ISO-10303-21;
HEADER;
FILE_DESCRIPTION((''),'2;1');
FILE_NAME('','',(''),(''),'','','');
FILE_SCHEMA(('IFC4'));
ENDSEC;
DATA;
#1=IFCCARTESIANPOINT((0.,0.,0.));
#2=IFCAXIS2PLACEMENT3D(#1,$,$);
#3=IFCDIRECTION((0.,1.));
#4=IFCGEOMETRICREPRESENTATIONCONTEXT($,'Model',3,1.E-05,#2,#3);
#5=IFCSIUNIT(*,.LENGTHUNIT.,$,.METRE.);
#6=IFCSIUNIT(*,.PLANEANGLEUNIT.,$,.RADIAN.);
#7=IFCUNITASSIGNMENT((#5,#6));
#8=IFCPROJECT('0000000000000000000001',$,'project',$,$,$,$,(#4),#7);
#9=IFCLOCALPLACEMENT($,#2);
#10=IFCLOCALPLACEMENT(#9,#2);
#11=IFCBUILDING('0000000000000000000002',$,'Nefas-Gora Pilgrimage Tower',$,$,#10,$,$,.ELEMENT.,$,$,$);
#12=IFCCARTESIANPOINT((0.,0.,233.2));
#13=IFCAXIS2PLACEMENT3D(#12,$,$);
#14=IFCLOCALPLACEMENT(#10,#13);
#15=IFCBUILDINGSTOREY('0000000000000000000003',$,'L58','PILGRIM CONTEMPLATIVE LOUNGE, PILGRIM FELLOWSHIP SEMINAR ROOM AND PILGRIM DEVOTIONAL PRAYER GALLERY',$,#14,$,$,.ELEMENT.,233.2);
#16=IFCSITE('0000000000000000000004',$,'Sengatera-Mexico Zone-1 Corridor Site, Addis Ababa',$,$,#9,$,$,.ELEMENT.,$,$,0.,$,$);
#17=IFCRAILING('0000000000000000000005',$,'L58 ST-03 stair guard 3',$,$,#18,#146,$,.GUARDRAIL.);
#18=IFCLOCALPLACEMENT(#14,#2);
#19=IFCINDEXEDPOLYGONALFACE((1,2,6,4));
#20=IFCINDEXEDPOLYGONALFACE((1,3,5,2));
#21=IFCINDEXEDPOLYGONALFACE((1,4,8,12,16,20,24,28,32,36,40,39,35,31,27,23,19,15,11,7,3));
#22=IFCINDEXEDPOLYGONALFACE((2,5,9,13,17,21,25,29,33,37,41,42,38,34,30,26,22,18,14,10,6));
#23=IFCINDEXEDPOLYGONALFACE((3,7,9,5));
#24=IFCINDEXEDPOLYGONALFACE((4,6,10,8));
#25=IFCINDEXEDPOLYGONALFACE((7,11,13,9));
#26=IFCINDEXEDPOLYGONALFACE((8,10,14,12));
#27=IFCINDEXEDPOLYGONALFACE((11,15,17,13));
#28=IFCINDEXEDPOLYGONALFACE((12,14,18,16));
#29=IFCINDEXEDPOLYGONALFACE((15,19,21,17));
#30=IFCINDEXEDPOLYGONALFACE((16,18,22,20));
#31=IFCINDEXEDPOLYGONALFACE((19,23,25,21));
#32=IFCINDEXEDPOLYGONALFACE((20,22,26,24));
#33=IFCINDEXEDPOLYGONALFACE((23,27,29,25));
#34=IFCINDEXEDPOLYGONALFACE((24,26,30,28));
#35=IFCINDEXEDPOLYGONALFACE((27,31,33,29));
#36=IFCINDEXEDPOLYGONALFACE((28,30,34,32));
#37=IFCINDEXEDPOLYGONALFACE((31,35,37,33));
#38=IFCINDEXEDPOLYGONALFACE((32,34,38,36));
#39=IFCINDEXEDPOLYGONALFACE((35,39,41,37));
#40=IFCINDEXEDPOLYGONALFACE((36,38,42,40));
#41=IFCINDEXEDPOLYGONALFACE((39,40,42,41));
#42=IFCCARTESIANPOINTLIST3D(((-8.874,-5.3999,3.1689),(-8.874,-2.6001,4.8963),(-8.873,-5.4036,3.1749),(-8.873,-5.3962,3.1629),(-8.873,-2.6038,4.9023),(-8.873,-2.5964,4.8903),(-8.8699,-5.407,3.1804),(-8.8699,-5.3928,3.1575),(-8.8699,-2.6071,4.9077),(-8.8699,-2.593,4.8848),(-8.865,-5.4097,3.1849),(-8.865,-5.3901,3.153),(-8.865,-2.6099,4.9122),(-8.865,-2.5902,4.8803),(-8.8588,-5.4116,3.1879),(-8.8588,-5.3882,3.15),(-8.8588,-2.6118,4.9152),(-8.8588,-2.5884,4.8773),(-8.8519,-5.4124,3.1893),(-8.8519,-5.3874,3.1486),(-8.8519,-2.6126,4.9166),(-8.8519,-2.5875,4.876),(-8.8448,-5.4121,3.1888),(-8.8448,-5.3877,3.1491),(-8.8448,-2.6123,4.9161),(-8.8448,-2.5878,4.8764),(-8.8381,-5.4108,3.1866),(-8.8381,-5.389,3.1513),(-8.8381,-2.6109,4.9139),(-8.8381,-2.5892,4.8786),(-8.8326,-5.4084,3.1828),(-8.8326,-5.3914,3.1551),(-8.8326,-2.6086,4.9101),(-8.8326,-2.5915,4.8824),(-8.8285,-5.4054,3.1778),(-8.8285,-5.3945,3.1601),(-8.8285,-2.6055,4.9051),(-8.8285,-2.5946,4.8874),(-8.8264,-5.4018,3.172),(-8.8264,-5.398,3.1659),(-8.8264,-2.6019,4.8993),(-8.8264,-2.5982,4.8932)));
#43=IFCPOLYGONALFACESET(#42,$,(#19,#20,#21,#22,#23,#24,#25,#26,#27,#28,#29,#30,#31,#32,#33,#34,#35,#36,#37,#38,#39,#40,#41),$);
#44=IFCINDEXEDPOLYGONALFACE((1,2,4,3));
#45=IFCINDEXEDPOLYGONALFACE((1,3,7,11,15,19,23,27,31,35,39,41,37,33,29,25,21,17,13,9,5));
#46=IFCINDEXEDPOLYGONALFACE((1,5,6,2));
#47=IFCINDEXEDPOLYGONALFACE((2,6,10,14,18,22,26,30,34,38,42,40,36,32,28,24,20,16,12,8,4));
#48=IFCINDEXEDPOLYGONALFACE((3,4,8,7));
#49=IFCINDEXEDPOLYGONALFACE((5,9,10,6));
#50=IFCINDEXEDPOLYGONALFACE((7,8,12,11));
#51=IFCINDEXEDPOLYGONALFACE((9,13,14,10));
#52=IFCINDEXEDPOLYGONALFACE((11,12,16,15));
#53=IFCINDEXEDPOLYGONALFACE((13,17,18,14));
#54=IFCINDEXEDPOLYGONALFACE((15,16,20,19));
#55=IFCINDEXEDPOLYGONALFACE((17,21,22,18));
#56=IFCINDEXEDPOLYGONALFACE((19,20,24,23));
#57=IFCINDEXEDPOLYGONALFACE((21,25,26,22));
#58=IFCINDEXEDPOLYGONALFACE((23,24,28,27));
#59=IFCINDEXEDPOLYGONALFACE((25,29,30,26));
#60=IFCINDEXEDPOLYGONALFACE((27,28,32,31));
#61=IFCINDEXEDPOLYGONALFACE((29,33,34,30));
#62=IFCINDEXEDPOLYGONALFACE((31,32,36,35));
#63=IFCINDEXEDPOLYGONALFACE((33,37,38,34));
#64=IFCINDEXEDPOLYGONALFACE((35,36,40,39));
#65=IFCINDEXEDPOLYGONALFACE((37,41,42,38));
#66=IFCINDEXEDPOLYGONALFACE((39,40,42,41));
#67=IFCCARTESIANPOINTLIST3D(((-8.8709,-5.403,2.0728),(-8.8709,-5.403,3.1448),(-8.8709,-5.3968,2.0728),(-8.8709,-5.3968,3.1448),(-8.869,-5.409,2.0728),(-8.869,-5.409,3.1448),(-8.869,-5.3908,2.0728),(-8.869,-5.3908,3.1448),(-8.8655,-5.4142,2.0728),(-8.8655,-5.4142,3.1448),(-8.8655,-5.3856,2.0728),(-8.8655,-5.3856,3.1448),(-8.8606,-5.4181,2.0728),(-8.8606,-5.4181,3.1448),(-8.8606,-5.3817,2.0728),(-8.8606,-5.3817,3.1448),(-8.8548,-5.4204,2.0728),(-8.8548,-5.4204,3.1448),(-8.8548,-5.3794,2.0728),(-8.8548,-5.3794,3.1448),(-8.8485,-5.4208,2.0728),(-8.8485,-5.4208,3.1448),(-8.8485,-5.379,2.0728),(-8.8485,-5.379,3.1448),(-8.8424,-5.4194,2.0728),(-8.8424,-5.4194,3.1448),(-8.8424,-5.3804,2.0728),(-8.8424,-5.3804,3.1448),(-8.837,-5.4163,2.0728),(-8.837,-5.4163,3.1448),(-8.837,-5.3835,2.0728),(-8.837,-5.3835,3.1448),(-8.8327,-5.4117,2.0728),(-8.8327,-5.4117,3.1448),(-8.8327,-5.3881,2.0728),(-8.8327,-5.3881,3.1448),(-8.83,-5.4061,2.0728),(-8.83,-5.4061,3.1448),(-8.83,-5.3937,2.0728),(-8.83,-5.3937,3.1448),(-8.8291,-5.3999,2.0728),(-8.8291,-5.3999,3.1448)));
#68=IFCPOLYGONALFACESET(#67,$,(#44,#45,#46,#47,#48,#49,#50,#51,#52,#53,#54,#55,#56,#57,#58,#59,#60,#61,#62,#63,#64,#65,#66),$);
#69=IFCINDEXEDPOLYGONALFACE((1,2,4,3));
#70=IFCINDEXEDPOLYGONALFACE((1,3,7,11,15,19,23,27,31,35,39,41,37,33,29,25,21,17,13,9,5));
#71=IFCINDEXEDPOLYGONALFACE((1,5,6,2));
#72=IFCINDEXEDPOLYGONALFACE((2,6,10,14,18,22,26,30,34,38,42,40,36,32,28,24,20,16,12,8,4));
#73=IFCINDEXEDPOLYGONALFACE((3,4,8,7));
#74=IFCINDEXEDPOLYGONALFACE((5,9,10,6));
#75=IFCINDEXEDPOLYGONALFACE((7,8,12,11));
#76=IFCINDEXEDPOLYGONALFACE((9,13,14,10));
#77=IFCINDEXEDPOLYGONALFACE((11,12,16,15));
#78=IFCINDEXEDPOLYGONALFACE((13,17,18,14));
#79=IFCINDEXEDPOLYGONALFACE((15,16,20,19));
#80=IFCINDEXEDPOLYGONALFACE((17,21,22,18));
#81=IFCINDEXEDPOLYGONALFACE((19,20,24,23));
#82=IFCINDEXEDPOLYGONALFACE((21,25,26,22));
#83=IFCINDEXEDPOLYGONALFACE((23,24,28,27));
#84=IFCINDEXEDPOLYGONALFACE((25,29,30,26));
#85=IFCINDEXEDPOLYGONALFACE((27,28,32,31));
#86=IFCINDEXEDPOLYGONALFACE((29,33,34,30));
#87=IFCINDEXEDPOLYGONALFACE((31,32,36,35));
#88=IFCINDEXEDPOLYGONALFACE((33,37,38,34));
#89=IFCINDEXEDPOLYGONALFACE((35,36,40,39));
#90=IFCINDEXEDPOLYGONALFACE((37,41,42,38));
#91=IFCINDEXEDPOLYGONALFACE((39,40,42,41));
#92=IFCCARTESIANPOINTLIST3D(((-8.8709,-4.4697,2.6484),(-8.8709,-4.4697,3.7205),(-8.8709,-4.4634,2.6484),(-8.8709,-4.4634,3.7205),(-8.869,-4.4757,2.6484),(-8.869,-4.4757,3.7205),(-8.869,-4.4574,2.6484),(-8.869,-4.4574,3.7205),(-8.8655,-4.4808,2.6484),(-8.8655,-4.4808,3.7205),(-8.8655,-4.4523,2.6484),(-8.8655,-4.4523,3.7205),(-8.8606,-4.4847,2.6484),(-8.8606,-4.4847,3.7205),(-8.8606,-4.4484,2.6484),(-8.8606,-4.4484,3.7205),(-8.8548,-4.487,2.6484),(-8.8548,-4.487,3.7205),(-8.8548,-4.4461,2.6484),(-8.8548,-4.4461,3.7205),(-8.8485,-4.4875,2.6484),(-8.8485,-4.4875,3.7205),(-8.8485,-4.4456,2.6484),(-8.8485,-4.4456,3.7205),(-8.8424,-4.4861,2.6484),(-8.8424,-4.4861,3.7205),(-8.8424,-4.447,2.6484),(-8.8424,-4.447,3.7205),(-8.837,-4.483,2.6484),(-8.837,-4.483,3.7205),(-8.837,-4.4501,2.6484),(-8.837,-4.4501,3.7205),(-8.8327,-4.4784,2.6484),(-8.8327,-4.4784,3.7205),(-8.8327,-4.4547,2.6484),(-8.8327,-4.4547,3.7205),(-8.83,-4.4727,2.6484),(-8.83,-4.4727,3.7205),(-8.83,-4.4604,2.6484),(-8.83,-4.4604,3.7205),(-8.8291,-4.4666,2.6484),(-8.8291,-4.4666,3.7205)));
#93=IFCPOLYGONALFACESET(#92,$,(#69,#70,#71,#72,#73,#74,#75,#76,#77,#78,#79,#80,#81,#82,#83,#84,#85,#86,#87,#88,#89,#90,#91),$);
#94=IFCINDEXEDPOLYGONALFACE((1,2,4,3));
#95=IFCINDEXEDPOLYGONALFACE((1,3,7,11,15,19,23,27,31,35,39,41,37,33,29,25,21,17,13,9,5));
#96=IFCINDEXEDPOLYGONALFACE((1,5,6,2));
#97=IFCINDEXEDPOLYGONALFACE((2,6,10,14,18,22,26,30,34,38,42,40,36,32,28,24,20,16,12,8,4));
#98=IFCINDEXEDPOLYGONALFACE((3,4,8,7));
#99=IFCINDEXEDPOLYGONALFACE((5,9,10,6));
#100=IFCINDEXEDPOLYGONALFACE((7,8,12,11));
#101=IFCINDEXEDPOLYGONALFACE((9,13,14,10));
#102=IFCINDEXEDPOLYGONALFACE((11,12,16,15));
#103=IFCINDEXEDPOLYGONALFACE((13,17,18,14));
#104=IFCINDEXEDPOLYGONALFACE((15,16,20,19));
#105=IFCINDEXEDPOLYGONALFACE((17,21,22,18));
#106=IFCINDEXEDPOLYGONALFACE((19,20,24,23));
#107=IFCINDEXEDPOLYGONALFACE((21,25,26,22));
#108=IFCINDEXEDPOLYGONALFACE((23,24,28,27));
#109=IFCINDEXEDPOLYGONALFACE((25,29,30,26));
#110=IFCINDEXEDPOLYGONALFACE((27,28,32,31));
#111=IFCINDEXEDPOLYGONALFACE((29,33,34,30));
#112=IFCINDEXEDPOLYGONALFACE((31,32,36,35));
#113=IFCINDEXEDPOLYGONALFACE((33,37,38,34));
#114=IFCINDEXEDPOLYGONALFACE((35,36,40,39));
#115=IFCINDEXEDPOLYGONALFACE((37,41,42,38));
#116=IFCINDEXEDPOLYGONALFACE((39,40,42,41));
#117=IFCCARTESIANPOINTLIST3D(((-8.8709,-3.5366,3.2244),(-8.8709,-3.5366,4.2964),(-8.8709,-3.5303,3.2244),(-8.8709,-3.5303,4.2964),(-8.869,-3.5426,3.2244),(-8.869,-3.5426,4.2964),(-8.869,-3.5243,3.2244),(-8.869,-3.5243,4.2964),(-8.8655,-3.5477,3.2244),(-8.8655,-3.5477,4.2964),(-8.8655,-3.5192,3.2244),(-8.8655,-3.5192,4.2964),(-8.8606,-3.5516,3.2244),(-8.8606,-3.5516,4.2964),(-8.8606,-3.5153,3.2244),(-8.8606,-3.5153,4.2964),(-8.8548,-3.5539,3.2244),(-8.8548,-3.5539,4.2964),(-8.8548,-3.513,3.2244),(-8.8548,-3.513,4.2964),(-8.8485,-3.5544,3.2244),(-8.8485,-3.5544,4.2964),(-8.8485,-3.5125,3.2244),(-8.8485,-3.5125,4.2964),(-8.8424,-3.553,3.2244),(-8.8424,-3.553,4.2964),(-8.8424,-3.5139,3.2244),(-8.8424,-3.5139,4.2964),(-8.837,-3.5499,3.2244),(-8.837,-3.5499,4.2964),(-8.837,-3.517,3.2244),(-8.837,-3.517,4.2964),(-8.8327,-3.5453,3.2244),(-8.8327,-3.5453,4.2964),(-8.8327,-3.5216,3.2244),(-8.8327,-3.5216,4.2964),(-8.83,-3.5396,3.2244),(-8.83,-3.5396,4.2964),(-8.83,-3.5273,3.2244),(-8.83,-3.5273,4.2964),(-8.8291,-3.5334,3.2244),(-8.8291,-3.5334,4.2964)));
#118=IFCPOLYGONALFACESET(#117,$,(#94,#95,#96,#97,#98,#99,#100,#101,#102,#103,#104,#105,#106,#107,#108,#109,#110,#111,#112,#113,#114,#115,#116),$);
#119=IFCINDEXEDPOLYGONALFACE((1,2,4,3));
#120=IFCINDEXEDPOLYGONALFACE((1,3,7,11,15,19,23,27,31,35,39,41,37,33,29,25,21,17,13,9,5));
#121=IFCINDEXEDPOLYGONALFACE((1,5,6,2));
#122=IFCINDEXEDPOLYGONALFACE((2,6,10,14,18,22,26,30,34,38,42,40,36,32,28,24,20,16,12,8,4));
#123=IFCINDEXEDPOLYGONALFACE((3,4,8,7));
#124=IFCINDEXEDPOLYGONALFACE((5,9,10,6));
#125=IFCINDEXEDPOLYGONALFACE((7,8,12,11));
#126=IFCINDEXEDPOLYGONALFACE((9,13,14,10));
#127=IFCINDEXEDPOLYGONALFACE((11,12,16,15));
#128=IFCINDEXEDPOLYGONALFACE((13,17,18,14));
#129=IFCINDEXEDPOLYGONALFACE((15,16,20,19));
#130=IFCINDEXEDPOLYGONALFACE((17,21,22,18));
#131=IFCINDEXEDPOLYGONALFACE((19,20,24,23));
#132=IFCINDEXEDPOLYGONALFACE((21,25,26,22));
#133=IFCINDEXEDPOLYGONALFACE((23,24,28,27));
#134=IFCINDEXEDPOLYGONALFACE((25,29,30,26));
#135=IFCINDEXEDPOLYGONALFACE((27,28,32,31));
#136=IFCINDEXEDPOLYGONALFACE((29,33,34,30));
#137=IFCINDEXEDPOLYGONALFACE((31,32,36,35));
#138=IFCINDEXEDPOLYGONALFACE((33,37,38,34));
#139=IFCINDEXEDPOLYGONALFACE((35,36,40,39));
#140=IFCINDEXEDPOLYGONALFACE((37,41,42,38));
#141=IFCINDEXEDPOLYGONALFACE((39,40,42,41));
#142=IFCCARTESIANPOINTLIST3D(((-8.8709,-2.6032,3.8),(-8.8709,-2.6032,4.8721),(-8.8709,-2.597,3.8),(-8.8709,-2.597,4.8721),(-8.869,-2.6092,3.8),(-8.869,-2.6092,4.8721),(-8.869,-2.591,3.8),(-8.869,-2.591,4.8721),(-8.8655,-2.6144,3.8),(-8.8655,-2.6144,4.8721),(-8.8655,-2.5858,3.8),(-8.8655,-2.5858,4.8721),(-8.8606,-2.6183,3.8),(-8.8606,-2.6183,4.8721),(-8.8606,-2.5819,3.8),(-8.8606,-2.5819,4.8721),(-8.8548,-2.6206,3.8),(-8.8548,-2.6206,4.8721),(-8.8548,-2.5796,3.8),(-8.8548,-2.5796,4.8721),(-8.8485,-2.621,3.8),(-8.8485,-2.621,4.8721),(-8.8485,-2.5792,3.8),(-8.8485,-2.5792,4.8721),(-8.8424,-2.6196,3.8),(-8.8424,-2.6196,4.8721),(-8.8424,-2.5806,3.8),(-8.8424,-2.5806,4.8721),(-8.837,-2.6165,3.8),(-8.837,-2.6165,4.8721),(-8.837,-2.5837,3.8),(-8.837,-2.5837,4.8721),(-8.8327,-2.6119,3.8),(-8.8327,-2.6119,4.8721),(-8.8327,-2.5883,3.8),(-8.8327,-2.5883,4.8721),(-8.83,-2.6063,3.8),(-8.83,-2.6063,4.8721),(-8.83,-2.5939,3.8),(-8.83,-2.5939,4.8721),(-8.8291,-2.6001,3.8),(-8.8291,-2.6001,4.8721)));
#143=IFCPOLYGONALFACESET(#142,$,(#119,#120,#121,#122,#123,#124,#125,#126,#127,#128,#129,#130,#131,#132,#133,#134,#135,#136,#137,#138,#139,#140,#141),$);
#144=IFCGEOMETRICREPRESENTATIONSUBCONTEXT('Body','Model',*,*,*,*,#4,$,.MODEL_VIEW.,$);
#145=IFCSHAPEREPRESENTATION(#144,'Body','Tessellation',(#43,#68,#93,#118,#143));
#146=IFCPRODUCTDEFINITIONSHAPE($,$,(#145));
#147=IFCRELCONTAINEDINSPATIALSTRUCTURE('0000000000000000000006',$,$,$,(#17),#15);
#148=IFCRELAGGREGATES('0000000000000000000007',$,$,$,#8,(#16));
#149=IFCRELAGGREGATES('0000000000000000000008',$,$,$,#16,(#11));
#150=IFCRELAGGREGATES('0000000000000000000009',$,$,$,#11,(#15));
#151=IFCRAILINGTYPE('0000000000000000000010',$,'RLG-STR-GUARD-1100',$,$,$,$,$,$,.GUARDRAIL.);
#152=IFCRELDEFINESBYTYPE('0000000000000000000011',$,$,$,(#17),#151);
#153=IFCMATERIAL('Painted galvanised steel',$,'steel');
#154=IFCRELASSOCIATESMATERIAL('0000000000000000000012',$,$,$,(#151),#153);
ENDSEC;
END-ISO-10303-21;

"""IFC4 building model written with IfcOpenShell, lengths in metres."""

from ifc_helpers import new_model, si_unit, direction, frame, origin, origin_2d, place, context, subcontext, project, spatial, circle, extrude, material, type_object, element, save


model = new_model("IFC4")

# Units and contexts
model_context = context("Model", 3, precision=1e-05, world=origin(), true_north=direction((0.0, 1.0)))
body_context = subcontext(model_context, "Body", "Model", "MODEL_VIEW")
ifc_project = project(units=[si_unit("LENGTHUNIT", "METRE"), si_unit("PLANEANGLEUNIT", "RADIAN")], contexts=[model_context])

# Site, building, storey
site_placement = place(None, origin())
site = spatial("IfcSite", under=ifc_project, at=site_placement, Name="Sengatera-Mexico Zone-1 Corridor Site, Addis Ababa", CompositionType="ELEMENT", RefElevation=0.0)
building_placement = place(site_placement, origin())
building = spatial("IfcBuilding", under=site, at=building_placement, Name="Nefas-Gora Pilgrimage Tower", CompositionType="ELEMENT")
storey_placement = place(building_placement, frame((0.0, 0.0, 233.2)))
storey = spatial("IfcBuildingStorey", under=building, at=storey_placement, Name="L58", Description="PILGRIM CONTEMPLATIVE LOUNGE, PILGRIM FELLOWSHIP SEMINAR ROOM AND PILGRIM DEVOTIONAL PRAYER GALLERY", CompositionType="ELEMENT", Elevation=233.2)

# Railing
ifc_material_1 = material(Name="Painted galvanised steel", Category="steel")
railing_type_1 = type_object("IfcRailingType", Name="RLG-STR-GUARD-1100", PredefinedType="GUARDRAIL", material=ifc_material_1)
railing_1_placement = place(storey_placement, frame((-8.8501, -5.3999, 2.0728)))
element("IfcRailing", 1, at=railing_1_placement, inside=storey, type_object=railing_type_1, Name="L58 ST-03 stair guard 3", PredefinedType="GUARDRAIL", context=body_context, shape_type="SweptSolid", body=[
    extrude(circle(Radius=0.0239, at=origin_2d()), frame((0.0, 0.0, 1.0962), z_axis=(0.0, 0.851069, 0.525054), x_axis=(-1.0, 0.0, 0.0)), (0.0, 0.0, 1.0), 3.2898),
    extrude(circle(Radius=0.021, at=origin_2d()), origin(), (0.0, 0.0, 1.0), 1.072),
    extrude(circle(Radius=0.021, at=origin_2d()), frame((0.0, 0.9333, 0.5757)), (0.0, 0.0, 1.0), 1.072),
    extrude(circle(Radius=0.021, at=origin_2d()), frame((0.0, 1.8665, 1.1516)), (0.0, 0.0, 1.0), 1.072),
    extrude(circle(Radius=0.021, at=origin_2d()), frame((0.0, 2.7998, 1.7273)), (0.0, 0.0, 1.0), 1.072),
])

save(model, "model.ifc")
